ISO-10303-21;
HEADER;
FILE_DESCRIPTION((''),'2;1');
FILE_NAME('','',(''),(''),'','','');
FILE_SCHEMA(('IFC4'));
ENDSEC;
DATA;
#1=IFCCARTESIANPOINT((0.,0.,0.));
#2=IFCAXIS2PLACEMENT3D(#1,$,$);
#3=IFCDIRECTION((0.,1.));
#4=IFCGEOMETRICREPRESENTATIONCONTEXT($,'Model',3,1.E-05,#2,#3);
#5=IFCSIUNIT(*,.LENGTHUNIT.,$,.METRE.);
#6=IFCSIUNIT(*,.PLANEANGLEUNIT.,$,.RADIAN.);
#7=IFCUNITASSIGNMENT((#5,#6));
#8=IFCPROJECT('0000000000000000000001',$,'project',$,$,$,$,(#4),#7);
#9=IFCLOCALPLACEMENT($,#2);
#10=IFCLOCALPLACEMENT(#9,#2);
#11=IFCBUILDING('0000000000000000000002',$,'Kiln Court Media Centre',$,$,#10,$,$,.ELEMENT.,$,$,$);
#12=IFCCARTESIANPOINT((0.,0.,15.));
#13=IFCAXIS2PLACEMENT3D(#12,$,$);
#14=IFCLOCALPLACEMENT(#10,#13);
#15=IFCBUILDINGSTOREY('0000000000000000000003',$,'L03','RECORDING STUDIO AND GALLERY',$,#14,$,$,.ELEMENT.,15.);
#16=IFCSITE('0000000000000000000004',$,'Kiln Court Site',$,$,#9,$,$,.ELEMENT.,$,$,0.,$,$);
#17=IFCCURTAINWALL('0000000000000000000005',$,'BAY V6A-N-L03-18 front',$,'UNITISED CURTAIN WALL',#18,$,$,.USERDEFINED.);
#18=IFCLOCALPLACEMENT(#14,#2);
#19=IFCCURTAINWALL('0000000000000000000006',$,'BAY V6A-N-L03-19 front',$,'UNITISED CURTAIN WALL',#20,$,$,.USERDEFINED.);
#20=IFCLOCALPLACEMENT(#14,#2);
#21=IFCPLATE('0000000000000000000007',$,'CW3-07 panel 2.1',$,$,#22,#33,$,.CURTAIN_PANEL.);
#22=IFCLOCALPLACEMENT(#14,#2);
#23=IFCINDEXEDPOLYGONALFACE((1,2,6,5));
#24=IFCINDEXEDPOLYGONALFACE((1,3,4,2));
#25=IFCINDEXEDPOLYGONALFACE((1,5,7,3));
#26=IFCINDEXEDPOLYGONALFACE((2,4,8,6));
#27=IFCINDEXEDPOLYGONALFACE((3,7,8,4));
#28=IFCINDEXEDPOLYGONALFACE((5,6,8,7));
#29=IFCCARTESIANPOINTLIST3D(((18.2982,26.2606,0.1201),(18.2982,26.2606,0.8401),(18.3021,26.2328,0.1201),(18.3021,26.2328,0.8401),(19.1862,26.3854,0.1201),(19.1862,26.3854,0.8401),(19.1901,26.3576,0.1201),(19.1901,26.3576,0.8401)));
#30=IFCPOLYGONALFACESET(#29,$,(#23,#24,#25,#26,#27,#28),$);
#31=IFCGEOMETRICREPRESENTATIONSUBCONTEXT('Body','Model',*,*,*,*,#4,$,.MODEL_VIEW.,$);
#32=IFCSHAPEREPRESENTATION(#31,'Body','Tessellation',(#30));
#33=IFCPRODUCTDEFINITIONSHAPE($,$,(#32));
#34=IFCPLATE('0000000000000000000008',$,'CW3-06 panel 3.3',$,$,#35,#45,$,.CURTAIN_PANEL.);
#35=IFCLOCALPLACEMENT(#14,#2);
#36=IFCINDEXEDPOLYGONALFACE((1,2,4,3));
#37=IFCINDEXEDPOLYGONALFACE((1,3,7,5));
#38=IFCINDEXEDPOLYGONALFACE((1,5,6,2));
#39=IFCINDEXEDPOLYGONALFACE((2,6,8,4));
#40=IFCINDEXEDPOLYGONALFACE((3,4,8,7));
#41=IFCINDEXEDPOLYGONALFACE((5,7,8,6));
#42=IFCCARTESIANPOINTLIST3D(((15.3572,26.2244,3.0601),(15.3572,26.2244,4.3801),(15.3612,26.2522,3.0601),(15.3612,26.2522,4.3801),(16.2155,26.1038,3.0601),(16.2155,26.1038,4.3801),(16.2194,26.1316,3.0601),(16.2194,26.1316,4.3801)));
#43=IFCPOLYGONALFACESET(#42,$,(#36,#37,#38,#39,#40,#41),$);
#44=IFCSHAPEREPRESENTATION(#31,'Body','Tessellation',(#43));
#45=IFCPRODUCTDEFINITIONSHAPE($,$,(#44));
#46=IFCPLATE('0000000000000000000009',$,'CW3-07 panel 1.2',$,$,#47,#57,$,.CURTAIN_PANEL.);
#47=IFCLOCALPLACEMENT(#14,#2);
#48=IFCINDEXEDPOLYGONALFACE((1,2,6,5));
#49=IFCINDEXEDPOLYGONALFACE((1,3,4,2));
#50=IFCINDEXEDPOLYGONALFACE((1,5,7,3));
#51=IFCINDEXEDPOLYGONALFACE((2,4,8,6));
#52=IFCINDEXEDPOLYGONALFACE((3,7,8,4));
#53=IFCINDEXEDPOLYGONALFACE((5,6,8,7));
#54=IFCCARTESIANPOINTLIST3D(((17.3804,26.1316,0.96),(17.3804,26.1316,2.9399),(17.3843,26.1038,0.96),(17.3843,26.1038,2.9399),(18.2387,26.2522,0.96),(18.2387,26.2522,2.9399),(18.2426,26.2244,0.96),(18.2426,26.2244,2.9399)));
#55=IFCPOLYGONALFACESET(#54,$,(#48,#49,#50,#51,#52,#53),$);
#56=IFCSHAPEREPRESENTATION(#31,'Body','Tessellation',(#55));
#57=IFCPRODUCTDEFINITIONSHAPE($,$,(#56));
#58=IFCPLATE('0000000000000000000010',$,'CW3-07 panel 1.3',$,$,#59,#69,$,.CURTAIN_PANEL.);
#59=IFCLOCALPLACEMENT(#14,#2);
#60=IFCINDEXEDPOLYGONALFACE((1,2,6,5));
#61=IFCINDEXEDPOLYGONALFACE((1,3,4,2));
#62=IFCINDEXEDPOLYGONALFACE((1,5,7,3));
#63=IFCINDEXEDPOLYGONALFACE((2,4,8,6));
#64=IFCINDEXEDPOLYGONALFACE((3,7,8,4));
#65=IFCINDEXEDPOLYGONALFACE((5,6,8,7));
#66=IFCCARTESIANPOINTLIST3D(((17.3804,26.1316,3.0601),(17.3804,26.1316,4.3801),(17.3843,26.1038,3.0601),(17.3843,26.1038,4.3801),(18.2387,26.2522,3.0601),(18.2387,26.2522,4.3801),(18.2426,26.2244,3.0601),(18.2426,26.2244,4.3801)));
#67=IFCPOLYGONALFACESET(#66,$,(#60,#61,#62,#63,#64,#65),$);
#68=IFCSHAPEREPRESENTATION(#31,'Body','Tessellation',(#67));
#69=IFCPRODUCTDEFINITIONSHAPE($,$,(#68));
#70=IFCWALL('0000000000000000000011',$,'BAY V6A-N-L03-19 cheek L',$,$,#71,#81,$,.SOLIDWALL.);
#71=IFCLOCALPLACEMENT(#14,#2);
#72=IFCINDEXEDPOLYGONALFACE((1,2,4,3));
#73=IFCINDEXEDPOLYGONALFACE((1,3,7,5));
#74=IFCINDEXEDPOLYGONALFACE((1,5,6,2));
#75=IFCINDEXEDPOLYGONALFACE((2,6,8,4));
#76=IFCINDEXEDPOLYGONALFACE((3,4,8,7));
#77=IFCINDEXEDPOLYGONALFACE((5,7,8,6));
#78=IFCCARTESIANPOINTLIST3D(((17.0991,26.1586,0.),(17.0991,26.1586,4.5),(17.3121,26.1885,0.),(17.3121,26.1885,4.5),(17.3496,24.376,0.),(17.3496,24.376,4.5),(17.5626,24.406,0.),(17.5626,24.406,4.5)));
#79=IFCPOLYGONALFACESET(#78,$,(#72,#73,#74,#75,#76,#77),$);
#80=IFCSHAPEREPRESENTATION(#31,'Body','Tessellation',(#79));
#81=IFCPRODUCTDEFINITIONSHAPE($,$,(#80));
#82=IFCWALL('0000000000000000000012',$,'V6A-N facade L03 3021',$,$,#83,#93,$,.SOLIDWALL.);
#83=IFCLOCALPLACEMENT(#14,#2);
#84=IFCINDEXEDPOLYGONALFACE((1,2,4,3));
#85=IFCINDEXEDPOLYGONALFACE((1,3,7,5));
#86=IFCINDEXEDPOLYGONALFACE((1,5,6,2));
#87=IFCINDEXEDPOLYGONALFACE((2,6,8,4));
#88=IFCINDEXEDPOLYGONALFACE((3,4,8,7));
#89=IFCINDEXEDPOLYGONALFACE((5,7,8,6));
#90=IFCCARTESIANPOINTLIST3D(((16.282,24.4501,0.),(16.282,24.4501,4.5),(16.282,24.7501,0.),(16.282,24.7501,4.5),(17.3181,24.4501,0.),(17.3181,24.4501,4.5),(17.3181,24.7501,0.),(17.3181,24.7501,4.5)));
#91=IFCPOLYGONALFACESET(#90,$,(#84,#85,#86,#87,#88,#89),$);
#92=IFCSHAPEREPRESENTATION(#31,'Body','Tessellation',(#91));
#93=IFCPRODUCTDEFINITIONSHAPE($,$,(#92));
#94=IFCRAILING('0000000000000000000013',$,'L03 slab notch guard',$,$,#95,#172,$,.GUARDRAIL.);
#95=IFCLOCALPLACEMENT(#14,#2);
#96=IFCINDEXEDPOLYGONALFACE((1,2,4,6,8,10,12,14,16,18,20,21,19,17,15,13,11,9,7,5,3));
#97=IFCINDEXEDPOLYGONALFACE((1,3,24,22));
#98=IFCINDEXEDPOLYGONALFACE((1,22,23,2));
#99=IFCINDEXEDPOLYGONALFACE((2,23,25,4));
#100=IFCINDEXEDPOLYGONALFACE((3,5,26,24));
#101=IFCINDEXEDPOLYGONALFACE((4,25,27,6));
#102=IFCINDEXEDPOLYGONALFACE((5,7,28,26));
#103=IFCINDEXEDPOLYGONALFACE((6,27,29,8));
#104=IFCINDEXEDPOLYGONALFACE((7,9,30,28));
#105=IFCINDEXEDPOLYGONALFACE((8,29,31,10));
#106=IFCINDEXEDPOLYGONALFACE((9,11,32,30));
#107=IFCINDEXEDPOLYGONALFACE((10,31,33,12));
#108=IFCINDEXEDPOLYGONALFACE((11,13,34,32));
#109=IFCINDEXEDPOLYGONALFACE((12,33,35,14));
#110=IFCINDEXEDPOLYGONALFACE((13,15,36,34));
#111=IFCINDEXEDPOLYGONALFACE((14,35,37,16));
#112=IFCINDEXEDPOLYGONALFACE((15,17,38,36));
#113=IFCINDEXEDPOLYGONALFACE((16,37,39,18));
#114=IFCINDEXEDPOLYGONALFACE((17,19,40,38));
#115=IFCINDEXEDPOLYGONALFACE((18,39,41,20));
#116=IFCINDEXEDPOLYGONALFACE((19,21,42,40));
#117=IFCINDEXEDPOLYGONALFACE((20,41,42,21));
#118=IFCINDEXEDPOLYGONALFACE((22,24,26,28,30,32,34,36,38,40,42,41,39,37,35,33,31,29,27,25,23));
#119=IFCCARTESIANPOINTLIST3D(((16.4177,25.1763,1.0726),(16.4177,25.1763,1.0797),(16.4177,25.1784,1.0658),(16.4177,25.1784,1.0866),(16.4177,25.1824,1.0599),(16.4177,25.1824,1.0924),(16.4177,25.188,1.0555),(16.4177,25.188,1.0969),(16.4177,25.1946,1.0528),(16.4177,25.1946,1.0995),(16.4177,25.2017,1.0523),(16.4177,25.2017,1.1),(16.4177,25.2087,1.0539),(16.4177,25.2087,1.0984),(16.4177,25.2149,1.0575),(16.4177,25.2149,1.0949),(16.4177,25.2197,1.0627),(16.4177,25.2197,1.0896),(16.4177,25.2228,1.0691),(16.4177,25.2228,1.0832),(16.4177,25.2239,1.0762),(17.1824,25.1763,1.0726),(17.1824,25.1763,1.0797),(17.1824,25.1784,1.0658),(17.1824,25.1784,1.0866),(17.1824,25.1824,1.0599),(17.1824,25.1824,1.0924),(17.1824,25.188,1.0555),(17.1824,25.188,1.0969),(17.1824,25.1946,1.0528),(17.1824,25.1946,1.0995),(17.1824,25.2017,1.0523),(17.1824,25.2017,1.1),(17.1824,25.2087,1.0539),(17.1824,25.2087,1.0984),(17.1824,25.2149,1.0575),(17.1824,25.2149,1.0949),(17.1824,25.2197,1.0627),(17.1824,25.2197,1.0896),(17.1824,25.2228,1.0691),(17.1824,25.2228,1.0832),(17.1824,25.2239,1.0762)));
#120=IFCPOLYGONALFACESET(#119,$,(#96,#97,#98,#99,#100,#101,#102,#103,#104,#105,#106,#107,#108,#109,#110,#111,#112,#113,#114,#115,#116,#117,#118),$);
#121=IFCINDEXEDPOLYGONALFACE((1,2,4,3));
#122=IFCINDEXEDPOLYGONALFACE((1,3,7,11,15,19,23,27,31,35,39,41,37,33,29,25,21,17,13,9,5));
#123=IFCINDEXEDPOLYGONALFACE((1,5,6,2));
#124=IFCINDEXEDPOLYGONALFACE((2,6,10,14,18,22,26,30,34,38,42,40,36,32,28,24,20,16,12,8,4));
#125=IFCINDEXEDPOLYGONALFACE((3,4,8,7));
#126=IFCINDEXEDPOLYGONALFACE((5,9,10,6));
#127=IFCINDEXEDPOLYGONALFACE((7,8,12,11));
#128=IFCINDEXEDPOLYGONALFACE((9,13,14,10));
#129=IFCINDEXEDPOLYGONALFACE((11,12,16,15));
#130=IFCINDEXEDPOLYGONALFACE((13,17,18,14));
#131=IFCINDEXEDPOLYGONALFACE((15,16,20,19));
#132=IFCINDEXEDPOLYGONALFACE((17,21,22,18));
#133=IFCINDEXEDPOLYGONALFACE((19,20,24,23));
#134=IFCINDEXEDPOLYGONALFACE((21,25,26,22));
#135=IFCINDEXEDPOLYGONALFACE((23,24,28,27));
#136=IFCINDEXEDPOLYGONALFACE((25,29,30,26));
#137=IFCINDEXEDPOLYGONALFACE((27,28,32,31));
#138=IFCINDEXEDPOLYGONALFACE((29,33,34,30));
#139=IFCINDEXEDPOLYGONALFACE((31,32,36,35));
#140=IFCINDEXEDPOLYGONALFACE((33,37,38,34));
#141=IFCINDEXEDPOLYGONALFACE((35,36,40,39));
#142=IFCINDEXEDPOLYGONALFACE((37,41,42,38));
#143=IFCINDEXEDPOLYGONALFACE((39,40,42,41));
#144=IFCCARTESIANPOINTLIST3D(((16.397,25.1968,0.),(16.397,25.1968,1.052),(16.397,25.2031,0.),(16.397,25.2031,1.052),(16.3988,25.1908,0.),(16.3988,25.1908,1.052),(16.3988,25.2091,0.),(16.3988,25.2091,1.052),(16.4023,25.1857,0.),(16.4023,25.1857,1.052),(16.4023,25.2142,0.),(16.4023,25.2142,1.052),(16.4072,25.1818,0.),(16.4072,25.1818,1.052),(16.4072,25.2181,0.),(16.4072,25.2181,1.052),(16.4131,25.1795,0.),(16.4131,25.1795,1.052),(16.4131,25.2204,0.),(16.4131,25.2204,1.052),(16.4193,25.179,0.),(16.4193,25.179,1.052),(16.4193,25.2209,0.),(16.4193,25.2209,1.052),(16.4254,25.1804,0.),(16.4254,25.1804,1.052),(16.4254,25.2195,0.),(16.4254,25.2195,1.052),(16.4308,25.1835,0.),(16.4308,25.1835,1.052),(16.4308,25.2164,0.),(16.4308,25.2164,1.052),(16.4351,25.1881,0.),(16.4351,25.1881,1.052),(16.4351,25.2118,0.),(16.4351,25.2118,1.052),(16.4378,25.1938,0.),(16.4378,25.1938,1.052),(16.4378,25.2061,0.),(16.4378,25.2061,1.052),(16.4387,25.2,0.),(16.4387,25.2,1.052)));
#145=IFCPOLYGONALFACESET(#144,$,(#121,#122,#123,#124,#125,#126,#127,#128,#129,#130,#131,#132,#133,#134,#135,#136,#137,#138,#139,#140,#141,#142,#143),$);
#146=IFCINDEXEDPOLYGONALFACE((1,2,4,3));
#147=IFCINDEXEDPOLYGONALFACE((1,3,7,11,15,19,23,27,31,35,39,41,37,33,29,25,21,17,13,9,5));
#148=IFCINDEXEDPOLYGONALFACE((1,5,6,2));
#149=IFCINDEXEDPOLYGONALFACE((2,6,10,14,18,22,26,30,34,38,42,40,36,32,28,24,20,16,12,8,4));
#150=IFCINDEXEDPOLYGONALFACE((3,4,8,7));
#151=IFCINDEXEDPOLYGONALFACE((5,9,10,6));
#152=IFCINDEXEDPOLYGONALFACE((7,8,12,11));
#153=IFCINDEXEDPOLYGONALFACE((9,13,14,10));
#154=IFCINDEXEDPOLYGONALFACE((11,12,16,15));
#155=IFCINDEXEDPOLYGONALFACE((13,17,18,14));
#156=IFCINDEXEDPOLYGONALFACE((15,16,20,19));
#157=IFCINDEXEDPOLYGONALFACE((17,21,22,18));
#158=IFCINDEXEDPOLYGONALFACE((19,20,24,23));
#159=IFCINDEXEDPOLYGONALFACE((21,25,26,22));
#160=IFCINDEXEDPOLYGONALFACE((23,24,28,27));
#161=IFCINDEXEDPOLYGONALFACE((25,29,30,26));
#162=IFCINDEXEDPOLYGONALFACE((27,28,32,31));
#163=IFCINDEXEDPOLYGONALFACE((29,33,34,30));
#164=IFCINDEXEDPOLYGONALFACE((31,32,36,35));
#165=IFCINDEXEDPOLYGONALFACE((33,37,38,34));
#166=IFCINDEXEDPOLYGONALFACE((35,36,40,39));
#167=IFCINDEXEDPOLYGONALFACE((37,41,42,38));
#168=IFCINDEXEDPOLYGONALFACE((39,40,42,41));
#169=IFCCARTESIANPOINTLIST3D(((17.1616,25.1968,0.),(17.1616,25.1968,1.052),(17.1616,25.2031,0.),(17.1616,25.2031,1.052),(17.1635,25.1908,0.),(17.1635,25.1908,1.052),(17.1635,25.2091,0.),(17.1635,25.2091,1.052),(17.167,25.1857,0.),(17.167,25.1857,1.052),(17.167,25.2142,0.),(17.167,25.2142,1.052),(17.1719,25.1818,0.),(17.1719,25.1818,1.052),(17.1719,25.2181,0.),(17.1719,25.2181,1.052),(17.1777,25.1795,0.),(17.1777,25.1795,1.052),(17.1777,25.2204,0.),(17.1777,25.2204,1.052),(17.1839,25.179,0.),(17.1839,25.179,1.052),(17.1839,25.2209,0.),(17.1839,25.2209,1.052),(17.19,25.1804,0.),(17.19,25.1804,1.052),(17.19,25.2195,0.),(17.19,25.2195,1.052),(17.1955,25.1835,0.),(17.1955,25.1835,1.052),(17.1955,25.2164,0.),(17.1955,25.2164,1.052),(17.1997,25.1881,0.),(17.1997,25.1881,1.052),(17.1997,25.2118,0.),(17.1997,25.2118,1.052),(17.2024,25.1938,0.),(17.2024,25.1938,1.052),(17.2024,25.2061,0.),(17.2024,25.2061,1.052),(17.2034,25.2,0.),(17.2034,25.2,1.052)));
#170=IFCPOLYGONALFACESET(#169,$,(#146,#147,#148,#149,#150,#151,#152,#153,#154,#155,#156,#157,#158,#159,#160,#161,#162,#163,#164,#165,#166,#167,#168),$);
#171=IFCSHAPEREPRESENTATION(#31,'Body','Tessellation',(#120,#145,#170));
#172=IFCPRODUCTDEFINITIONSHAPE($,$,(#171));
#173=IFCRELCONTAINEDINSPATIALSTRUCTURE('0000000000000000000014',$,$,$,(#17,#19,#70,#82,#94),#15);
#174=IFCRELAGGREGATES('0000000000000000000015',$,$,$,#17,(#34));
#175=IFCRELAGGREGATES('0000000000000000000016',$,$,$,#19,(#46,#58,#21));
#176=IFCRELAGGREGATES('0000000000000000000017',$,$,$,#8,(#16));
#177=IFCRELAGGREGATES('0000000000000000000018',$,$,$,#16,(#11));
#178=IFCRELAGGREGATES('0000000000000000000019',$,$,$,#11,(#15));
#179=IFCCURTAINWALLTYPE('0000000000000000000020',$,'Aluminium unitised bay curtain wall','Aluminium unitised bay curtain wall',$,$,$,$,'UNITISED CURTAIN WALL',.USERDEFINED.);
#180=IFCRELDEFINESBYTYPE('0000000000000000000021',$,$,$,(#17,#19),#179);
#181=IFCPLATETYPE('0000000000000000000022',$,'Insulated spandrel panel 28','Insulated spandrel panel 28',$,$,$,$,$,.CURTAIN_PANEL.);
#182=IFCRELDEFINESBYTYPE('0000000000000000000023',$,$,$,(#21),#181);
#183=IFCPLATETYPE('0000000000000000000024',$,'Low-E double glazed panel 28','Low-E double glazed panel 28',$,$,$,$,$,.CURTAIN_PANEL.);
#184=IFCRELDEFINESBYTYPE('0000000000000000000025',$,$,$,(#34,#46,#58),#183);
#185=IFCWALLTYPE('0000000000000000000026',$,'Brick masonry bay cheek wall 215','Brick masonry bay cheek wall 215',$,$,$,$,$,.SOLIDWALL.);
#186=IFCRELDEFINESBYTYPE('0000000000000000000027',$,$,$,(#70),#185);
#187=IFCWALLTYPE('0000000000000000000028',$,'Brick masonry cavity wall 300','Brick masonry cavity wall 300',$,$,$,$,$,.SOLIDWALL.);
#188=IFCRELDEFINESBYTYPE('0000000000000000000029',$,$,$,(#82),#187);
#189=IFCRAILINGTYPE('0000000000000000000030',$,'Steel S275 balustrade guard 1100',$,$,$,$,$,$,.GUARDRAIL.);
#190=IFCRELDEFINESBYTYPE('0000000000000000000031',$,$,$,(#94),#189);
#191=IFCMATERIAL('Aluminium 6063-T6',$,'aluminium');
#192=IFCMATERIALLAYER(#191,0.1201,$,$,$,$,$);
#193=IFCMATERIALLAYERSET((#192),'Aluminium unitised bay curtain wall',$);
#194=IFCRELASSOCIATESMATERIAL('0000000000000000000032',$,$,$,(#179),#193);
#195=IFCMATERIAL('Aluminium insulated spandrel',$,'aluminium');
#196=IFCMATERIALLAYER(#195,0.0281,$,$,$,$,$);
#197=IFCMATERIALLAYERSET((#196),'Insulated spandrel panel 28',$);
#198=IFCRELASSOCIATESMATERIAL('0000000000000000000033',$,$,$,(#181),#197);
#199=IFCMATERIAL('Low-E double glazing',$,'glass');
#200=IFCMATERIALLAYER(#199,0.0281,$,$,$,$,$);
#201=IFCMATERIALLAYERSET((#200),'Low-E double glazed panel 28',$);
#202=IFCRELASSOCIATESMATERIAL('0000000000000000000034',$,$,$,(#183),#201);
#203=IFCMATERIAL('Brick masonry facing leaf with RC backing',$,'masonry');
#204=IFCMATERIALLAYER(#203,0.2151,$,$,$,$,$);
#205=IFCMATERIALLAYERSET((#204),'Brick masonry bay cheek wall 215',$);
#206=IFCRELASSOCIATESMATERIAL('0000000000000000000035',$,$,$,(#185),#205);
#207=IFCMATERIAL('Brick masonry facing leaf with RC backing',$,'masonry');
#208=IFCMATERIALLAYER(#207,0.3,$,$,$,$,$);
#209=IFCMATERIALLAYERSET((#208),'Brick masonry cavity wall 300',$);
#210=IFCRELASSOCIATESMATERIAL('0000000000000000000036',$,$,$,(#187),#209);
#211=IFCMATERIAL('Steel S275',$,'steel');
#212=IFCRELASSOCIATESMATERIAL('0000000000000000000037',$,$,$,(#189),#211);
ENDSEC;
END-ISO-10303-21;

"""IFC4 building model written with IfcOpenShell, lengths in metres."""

from ifc_helpers import new_model, si_unit, direction, frame, frame_2d, origin, origin_2d, place, context, subcontext, project, spatial, rectangle, circle, extrude, material, layer, layer_set, type_object, element, aggregate, save


model = new_model("IFC4")

# Units and contexts
model_context = context("Model", 3, precision=1e-05, world=origin(), true_north=direction((0.0, 1.0)))
body_context = subcontext(model_context, "Body", "Model", "MODEL_VIEW")
ifc_project = project(units=[si_unit("LENGTHUNIT", "METRE"), si_unit("PLANEANGLEUNIT", "RADIAN")], contexts=[model_context])

# Site, building, storey
site_placement = place(None, origin())
site = spatial("IfcSite", under=ifc_project, at=site_placement, Name="Kiln Court Site", CompositionType="ELEMENT", RefElevation=0.0)
building_placement = place(site_placement, origin())
building = spatial("IfcBuilding", under=site, at=building_placement, Name="Kiln Court Media Centre", CompositionType="ELEMENT")
storey_placement = place(building_placement, frame((0.0, 0.0, 15.0)))
storey = spatial("IfcBuildingStorey", under=building, at=storey_placement, Name="L03", Description="RECORDING STUDIO AND GALLERY", CompositionType="ELEMENT", Elevation=15.0)

# Curtain wall
ifc_material_1 = material(Name="Aluminium 6063-T6", Category="aluminium")
ifc_layer_1 = layer(ifc_material_1, 0.1201)
ifc_layer_set_1 = layer_set([ifc_layer_1], Name="Aluminium unitised bay curtain wall")
curtain_wall_type = type_object("IfcCurtainWallType", Name="Aluminium unitised bay curtain wall", Description="Aluminium unitised bay curtain wall", ElementType="UNITISED CURTAIN WALL", PredefinedType="USERDEFINED", material=ifc_layer_set_1)
curtain_wall_1_placement = place(storey_placement, origin())
curtain_wall_1 = element("IfcCurtainWall", 1, at=curtain_wall_1_placement, inside=storey, type_object=curtain_wall_type, Name="BAY V6A-N-L03-18 front", ObjectType="UNITISED CURTAIN WALL", PredefinedType="USERDEFINED")

# Curtain wall
curtain_wall_2_placement = place(storey_placement, origin())
curtain_wall_2 = element("IfcCurtainWall", 2, at=curtain_wall_2_placement, inside=storey, type_object=curtain_wall_type, Name="BAY V6A-N-L03-19 front", ObjectType="UNITISED CURTAIN WALL", PredefinedType="USERDEFINED")

# Plates
ifc_material_2 = material(Name="Aluminium insulated spandrel", Category="aluminium")
ifc_layer_2 = layer(ifc_material_2, 0.0281)
ifc_layer_set_2 = layer_set([ifc_layer_2], Name="Insulated spandrel panel 28")
plate_type_1 = type_object("IfcPlateType", Name="Insulated spandrel panel 28", Description="Insulated spandrel panel 28", PredefinedType="CURTAIN_PANEL", material=ifc_layer_set_2)
plate_1_placement = place(storey_placement, frame((18.7441, 26.3091, 0.1201), z_axis=(0.0, 0.0, 1.0), x_axis=(0.99027, 0.139162, 0.0)))
plate_1 = element("IfcPlate", 3, at=plate_1_placement, type_object=plate_type_1, Name="CW3-07 panel 2.1", PredefinedType="CURTAIN_PANEL", context=body_context, shape_type="SweptSolid", body=[
    extrude(rectangle(XDim=0.8967, YDim=0.0281, at=origin_2d()), origin(), (0.0, 0.0, 1.0), 0.72),
])
ifc_material_3 = material(Name="Low-E double glazing", Category="glass")
ifc_layer_3 = layer(ifc_material_3, 0.0281)
ifc_layer_set_3 = layer_set([ifc_layer_3], Name="Low-E double glazed panel 28")
plate_type_2 = type_object("IfcPlateType", Name="Low-E double glazed panel 28", Description="Low-E double glazed panel 28", PredefinedType="CURTAIN_PANEL", material=ifc_layer_set_3)
plate_2_placement = place(storey_placement, frame((15.7883, 26.178, 3.0601), z_axis=(0.0, 0.0, 1.0), x_axis=(0.99027, -0.139162, 0.0)))
plate_2 = element("IfcPlate", 4, at=plate_2_placement, type_object=plate_type_2, Name="CW3-06 panel 3.3", PredefinedType="CURTAIN_PANEL", context=body_context, shape_type="SweptSolid", body=[
    extrude(rectangle(XDim=0.8667, YDim=0.0281, at=origin_2d()), origin(), (0.0, 0.0, 1.0), 1.3201),
])
aggregate(curtain_wall_1, [plate_2])
plate_3_placement = place(storey_placement, frame((17.8115, 26.178, 0.96), z_axis=(0.0, 0.0, 1.0), x_axis=(0.99027, 0.139162, 0.0)))
plate_3 = element("IfcPlate", 5, at=plate_3_placement, type_object=plate_type_2, Name="CW3-07 panel 1.2", PredefinedType="CURTAIN_PANEL", context=body_context, shape_type="SweptSolid", body=[
    extrude(rectangle(XDim=0.8667, YDim=0.0281, at=origin_2d()), origin(), (0.0, 0.0, 1.0), 1.98),
])
plate_4_placement = place(storey_placement, frame((17.8115, 26.178, 3.0601), z_axis=(0.0, 0.0, 1.0), x_axis=(0.99027, 0.139162, 0.0)))
plate_4 = element("IfcPlate", 6, at=plate_4_placement, type_object=plate_type_2, Name="CW3-07 panel 1.3", PredefinedType="CURTAIN_PANEL", context=body_context, shape_type="SweptSolid", body=[
    extrude(rectangle(XDim=0.8667, YDim=0.0281, at=origin_2d()), origin(), (0.0, 0.0, 1.0), 1.3201),
])
aggregate(curtain_wall_2, [plate_3, plate_4, plate_1])

# Walls
ifc_material_4 = material(Name="Brick masonry facing leaf with RC backing", Category="masonry")
ifc_layer_4 = layer(ifc_material_4, 0.2151)
ifc_layer_set_4 = layer_set([ifc_layer_4], Name="Brick masonry bay cheek wall 215")
wall_type_1 = type_object("IfcWallType", Name="Brick masonry bay cheek wall 215", Description="Brick masonry bay cheek wall 215", PredefinedType="SOLIDWALL", material=ifc_layer_set_4)
wall_1_placement = place(storey_placement, frame((17.4561, 24.3911, 0.0), z_axis=(0.0, 0.0, 1.0), x_axis=(-0.139161, 0.99027, 0.0)))
element("IfcWall", 7, at=wall_1_placement, inside=storey, type_object=wall_type_1, Name="BAY V6A-N-L03-19 cheek L", PredefinedType="SOLIDWALL", context=body_context, shape_type="SweptSolid", body=[
    extrude(rectangle(XDim=1.8, YDim=0.2151, at=frame_2d((0.8999, 0.0))), origin(), (0.0, 0.0, 1.0), 4.5),
])
ifc_material_5 = material(Name="Brick masonry facing leaf with RC backing", Category="masonry")
ifc_layer_5 = layer(ifc_material_5, 0.3)
ifc_layer_set_5 = layer_set([ifc_layer_5], Name="Brick masonry cavity wall 300")
wall_type_2 = type_object("IfcWallType", Name="Brick masonry cavity wall 300", Description="Brick masonry cavity wall 300", PredefinedType="SOLIDWALL", material=ifc_layer_set_5)
wall_2_placement = place(storey_placement, frame((16.282, 24.6001, 0.0), z_axis=(0.0, 0.0, 1.0), x_axis=(1.0, 0.0, 0.0)))
element("IfcWall", 8, at=wall_2_placement, inside=storey, type_object=wall_type_2, Name="V6A-N facade L03 3021", PredefinedType="SOLIDWALL", context=body_context, shape_type="SweptSolid", body=[
    extrude(rectangle(XDim=1.0361, YDim=0.3, at=frame_2d((0.5181, 0.0))), origin(), (0.0, 0.0, 1.0), 4.5),
])

# Railing
ifc_material_6 = material(Name="Steel S275", Category="steel")
railing_type = type_object("IfcRailingType", Name="Steel S275 balustrade guard 1100", PredefinedType="GUARDRAIL", material=ifc_material_6)
railing_placement = place(storey_placement, frame((16.4177, 25.2, 0.0)))
element("IfcRailing", 9, at=railing_placement, inside=storey, type_object=railing_type, Name="L03 slab notch guard", PredefinedType="GUARDRAIL", context=body_context, shape_type="SweptSolid", body=[
    extrude(circle(Radius=0.0239, at=origin_2d()), frame((0.0, 0.0, 1.0762), z_axis=(1.0, 0.0, 0.0), x_axis=(0.0, 1.0, 0.0)), (0.0, 0.0, 1.0), 0.7646),
    extrude(circle(Radius=0.021, at=origin_2d()), origin(), (0.0, 0.0, 1.0), 1.052),
    extrude(circle(Radius=0.021, at=origin_2d()), frame((0.7646, 0.0, 0.0)), (0.0, 0.0, 1.0), 1.052),
])

save(model, "model.ifc")
